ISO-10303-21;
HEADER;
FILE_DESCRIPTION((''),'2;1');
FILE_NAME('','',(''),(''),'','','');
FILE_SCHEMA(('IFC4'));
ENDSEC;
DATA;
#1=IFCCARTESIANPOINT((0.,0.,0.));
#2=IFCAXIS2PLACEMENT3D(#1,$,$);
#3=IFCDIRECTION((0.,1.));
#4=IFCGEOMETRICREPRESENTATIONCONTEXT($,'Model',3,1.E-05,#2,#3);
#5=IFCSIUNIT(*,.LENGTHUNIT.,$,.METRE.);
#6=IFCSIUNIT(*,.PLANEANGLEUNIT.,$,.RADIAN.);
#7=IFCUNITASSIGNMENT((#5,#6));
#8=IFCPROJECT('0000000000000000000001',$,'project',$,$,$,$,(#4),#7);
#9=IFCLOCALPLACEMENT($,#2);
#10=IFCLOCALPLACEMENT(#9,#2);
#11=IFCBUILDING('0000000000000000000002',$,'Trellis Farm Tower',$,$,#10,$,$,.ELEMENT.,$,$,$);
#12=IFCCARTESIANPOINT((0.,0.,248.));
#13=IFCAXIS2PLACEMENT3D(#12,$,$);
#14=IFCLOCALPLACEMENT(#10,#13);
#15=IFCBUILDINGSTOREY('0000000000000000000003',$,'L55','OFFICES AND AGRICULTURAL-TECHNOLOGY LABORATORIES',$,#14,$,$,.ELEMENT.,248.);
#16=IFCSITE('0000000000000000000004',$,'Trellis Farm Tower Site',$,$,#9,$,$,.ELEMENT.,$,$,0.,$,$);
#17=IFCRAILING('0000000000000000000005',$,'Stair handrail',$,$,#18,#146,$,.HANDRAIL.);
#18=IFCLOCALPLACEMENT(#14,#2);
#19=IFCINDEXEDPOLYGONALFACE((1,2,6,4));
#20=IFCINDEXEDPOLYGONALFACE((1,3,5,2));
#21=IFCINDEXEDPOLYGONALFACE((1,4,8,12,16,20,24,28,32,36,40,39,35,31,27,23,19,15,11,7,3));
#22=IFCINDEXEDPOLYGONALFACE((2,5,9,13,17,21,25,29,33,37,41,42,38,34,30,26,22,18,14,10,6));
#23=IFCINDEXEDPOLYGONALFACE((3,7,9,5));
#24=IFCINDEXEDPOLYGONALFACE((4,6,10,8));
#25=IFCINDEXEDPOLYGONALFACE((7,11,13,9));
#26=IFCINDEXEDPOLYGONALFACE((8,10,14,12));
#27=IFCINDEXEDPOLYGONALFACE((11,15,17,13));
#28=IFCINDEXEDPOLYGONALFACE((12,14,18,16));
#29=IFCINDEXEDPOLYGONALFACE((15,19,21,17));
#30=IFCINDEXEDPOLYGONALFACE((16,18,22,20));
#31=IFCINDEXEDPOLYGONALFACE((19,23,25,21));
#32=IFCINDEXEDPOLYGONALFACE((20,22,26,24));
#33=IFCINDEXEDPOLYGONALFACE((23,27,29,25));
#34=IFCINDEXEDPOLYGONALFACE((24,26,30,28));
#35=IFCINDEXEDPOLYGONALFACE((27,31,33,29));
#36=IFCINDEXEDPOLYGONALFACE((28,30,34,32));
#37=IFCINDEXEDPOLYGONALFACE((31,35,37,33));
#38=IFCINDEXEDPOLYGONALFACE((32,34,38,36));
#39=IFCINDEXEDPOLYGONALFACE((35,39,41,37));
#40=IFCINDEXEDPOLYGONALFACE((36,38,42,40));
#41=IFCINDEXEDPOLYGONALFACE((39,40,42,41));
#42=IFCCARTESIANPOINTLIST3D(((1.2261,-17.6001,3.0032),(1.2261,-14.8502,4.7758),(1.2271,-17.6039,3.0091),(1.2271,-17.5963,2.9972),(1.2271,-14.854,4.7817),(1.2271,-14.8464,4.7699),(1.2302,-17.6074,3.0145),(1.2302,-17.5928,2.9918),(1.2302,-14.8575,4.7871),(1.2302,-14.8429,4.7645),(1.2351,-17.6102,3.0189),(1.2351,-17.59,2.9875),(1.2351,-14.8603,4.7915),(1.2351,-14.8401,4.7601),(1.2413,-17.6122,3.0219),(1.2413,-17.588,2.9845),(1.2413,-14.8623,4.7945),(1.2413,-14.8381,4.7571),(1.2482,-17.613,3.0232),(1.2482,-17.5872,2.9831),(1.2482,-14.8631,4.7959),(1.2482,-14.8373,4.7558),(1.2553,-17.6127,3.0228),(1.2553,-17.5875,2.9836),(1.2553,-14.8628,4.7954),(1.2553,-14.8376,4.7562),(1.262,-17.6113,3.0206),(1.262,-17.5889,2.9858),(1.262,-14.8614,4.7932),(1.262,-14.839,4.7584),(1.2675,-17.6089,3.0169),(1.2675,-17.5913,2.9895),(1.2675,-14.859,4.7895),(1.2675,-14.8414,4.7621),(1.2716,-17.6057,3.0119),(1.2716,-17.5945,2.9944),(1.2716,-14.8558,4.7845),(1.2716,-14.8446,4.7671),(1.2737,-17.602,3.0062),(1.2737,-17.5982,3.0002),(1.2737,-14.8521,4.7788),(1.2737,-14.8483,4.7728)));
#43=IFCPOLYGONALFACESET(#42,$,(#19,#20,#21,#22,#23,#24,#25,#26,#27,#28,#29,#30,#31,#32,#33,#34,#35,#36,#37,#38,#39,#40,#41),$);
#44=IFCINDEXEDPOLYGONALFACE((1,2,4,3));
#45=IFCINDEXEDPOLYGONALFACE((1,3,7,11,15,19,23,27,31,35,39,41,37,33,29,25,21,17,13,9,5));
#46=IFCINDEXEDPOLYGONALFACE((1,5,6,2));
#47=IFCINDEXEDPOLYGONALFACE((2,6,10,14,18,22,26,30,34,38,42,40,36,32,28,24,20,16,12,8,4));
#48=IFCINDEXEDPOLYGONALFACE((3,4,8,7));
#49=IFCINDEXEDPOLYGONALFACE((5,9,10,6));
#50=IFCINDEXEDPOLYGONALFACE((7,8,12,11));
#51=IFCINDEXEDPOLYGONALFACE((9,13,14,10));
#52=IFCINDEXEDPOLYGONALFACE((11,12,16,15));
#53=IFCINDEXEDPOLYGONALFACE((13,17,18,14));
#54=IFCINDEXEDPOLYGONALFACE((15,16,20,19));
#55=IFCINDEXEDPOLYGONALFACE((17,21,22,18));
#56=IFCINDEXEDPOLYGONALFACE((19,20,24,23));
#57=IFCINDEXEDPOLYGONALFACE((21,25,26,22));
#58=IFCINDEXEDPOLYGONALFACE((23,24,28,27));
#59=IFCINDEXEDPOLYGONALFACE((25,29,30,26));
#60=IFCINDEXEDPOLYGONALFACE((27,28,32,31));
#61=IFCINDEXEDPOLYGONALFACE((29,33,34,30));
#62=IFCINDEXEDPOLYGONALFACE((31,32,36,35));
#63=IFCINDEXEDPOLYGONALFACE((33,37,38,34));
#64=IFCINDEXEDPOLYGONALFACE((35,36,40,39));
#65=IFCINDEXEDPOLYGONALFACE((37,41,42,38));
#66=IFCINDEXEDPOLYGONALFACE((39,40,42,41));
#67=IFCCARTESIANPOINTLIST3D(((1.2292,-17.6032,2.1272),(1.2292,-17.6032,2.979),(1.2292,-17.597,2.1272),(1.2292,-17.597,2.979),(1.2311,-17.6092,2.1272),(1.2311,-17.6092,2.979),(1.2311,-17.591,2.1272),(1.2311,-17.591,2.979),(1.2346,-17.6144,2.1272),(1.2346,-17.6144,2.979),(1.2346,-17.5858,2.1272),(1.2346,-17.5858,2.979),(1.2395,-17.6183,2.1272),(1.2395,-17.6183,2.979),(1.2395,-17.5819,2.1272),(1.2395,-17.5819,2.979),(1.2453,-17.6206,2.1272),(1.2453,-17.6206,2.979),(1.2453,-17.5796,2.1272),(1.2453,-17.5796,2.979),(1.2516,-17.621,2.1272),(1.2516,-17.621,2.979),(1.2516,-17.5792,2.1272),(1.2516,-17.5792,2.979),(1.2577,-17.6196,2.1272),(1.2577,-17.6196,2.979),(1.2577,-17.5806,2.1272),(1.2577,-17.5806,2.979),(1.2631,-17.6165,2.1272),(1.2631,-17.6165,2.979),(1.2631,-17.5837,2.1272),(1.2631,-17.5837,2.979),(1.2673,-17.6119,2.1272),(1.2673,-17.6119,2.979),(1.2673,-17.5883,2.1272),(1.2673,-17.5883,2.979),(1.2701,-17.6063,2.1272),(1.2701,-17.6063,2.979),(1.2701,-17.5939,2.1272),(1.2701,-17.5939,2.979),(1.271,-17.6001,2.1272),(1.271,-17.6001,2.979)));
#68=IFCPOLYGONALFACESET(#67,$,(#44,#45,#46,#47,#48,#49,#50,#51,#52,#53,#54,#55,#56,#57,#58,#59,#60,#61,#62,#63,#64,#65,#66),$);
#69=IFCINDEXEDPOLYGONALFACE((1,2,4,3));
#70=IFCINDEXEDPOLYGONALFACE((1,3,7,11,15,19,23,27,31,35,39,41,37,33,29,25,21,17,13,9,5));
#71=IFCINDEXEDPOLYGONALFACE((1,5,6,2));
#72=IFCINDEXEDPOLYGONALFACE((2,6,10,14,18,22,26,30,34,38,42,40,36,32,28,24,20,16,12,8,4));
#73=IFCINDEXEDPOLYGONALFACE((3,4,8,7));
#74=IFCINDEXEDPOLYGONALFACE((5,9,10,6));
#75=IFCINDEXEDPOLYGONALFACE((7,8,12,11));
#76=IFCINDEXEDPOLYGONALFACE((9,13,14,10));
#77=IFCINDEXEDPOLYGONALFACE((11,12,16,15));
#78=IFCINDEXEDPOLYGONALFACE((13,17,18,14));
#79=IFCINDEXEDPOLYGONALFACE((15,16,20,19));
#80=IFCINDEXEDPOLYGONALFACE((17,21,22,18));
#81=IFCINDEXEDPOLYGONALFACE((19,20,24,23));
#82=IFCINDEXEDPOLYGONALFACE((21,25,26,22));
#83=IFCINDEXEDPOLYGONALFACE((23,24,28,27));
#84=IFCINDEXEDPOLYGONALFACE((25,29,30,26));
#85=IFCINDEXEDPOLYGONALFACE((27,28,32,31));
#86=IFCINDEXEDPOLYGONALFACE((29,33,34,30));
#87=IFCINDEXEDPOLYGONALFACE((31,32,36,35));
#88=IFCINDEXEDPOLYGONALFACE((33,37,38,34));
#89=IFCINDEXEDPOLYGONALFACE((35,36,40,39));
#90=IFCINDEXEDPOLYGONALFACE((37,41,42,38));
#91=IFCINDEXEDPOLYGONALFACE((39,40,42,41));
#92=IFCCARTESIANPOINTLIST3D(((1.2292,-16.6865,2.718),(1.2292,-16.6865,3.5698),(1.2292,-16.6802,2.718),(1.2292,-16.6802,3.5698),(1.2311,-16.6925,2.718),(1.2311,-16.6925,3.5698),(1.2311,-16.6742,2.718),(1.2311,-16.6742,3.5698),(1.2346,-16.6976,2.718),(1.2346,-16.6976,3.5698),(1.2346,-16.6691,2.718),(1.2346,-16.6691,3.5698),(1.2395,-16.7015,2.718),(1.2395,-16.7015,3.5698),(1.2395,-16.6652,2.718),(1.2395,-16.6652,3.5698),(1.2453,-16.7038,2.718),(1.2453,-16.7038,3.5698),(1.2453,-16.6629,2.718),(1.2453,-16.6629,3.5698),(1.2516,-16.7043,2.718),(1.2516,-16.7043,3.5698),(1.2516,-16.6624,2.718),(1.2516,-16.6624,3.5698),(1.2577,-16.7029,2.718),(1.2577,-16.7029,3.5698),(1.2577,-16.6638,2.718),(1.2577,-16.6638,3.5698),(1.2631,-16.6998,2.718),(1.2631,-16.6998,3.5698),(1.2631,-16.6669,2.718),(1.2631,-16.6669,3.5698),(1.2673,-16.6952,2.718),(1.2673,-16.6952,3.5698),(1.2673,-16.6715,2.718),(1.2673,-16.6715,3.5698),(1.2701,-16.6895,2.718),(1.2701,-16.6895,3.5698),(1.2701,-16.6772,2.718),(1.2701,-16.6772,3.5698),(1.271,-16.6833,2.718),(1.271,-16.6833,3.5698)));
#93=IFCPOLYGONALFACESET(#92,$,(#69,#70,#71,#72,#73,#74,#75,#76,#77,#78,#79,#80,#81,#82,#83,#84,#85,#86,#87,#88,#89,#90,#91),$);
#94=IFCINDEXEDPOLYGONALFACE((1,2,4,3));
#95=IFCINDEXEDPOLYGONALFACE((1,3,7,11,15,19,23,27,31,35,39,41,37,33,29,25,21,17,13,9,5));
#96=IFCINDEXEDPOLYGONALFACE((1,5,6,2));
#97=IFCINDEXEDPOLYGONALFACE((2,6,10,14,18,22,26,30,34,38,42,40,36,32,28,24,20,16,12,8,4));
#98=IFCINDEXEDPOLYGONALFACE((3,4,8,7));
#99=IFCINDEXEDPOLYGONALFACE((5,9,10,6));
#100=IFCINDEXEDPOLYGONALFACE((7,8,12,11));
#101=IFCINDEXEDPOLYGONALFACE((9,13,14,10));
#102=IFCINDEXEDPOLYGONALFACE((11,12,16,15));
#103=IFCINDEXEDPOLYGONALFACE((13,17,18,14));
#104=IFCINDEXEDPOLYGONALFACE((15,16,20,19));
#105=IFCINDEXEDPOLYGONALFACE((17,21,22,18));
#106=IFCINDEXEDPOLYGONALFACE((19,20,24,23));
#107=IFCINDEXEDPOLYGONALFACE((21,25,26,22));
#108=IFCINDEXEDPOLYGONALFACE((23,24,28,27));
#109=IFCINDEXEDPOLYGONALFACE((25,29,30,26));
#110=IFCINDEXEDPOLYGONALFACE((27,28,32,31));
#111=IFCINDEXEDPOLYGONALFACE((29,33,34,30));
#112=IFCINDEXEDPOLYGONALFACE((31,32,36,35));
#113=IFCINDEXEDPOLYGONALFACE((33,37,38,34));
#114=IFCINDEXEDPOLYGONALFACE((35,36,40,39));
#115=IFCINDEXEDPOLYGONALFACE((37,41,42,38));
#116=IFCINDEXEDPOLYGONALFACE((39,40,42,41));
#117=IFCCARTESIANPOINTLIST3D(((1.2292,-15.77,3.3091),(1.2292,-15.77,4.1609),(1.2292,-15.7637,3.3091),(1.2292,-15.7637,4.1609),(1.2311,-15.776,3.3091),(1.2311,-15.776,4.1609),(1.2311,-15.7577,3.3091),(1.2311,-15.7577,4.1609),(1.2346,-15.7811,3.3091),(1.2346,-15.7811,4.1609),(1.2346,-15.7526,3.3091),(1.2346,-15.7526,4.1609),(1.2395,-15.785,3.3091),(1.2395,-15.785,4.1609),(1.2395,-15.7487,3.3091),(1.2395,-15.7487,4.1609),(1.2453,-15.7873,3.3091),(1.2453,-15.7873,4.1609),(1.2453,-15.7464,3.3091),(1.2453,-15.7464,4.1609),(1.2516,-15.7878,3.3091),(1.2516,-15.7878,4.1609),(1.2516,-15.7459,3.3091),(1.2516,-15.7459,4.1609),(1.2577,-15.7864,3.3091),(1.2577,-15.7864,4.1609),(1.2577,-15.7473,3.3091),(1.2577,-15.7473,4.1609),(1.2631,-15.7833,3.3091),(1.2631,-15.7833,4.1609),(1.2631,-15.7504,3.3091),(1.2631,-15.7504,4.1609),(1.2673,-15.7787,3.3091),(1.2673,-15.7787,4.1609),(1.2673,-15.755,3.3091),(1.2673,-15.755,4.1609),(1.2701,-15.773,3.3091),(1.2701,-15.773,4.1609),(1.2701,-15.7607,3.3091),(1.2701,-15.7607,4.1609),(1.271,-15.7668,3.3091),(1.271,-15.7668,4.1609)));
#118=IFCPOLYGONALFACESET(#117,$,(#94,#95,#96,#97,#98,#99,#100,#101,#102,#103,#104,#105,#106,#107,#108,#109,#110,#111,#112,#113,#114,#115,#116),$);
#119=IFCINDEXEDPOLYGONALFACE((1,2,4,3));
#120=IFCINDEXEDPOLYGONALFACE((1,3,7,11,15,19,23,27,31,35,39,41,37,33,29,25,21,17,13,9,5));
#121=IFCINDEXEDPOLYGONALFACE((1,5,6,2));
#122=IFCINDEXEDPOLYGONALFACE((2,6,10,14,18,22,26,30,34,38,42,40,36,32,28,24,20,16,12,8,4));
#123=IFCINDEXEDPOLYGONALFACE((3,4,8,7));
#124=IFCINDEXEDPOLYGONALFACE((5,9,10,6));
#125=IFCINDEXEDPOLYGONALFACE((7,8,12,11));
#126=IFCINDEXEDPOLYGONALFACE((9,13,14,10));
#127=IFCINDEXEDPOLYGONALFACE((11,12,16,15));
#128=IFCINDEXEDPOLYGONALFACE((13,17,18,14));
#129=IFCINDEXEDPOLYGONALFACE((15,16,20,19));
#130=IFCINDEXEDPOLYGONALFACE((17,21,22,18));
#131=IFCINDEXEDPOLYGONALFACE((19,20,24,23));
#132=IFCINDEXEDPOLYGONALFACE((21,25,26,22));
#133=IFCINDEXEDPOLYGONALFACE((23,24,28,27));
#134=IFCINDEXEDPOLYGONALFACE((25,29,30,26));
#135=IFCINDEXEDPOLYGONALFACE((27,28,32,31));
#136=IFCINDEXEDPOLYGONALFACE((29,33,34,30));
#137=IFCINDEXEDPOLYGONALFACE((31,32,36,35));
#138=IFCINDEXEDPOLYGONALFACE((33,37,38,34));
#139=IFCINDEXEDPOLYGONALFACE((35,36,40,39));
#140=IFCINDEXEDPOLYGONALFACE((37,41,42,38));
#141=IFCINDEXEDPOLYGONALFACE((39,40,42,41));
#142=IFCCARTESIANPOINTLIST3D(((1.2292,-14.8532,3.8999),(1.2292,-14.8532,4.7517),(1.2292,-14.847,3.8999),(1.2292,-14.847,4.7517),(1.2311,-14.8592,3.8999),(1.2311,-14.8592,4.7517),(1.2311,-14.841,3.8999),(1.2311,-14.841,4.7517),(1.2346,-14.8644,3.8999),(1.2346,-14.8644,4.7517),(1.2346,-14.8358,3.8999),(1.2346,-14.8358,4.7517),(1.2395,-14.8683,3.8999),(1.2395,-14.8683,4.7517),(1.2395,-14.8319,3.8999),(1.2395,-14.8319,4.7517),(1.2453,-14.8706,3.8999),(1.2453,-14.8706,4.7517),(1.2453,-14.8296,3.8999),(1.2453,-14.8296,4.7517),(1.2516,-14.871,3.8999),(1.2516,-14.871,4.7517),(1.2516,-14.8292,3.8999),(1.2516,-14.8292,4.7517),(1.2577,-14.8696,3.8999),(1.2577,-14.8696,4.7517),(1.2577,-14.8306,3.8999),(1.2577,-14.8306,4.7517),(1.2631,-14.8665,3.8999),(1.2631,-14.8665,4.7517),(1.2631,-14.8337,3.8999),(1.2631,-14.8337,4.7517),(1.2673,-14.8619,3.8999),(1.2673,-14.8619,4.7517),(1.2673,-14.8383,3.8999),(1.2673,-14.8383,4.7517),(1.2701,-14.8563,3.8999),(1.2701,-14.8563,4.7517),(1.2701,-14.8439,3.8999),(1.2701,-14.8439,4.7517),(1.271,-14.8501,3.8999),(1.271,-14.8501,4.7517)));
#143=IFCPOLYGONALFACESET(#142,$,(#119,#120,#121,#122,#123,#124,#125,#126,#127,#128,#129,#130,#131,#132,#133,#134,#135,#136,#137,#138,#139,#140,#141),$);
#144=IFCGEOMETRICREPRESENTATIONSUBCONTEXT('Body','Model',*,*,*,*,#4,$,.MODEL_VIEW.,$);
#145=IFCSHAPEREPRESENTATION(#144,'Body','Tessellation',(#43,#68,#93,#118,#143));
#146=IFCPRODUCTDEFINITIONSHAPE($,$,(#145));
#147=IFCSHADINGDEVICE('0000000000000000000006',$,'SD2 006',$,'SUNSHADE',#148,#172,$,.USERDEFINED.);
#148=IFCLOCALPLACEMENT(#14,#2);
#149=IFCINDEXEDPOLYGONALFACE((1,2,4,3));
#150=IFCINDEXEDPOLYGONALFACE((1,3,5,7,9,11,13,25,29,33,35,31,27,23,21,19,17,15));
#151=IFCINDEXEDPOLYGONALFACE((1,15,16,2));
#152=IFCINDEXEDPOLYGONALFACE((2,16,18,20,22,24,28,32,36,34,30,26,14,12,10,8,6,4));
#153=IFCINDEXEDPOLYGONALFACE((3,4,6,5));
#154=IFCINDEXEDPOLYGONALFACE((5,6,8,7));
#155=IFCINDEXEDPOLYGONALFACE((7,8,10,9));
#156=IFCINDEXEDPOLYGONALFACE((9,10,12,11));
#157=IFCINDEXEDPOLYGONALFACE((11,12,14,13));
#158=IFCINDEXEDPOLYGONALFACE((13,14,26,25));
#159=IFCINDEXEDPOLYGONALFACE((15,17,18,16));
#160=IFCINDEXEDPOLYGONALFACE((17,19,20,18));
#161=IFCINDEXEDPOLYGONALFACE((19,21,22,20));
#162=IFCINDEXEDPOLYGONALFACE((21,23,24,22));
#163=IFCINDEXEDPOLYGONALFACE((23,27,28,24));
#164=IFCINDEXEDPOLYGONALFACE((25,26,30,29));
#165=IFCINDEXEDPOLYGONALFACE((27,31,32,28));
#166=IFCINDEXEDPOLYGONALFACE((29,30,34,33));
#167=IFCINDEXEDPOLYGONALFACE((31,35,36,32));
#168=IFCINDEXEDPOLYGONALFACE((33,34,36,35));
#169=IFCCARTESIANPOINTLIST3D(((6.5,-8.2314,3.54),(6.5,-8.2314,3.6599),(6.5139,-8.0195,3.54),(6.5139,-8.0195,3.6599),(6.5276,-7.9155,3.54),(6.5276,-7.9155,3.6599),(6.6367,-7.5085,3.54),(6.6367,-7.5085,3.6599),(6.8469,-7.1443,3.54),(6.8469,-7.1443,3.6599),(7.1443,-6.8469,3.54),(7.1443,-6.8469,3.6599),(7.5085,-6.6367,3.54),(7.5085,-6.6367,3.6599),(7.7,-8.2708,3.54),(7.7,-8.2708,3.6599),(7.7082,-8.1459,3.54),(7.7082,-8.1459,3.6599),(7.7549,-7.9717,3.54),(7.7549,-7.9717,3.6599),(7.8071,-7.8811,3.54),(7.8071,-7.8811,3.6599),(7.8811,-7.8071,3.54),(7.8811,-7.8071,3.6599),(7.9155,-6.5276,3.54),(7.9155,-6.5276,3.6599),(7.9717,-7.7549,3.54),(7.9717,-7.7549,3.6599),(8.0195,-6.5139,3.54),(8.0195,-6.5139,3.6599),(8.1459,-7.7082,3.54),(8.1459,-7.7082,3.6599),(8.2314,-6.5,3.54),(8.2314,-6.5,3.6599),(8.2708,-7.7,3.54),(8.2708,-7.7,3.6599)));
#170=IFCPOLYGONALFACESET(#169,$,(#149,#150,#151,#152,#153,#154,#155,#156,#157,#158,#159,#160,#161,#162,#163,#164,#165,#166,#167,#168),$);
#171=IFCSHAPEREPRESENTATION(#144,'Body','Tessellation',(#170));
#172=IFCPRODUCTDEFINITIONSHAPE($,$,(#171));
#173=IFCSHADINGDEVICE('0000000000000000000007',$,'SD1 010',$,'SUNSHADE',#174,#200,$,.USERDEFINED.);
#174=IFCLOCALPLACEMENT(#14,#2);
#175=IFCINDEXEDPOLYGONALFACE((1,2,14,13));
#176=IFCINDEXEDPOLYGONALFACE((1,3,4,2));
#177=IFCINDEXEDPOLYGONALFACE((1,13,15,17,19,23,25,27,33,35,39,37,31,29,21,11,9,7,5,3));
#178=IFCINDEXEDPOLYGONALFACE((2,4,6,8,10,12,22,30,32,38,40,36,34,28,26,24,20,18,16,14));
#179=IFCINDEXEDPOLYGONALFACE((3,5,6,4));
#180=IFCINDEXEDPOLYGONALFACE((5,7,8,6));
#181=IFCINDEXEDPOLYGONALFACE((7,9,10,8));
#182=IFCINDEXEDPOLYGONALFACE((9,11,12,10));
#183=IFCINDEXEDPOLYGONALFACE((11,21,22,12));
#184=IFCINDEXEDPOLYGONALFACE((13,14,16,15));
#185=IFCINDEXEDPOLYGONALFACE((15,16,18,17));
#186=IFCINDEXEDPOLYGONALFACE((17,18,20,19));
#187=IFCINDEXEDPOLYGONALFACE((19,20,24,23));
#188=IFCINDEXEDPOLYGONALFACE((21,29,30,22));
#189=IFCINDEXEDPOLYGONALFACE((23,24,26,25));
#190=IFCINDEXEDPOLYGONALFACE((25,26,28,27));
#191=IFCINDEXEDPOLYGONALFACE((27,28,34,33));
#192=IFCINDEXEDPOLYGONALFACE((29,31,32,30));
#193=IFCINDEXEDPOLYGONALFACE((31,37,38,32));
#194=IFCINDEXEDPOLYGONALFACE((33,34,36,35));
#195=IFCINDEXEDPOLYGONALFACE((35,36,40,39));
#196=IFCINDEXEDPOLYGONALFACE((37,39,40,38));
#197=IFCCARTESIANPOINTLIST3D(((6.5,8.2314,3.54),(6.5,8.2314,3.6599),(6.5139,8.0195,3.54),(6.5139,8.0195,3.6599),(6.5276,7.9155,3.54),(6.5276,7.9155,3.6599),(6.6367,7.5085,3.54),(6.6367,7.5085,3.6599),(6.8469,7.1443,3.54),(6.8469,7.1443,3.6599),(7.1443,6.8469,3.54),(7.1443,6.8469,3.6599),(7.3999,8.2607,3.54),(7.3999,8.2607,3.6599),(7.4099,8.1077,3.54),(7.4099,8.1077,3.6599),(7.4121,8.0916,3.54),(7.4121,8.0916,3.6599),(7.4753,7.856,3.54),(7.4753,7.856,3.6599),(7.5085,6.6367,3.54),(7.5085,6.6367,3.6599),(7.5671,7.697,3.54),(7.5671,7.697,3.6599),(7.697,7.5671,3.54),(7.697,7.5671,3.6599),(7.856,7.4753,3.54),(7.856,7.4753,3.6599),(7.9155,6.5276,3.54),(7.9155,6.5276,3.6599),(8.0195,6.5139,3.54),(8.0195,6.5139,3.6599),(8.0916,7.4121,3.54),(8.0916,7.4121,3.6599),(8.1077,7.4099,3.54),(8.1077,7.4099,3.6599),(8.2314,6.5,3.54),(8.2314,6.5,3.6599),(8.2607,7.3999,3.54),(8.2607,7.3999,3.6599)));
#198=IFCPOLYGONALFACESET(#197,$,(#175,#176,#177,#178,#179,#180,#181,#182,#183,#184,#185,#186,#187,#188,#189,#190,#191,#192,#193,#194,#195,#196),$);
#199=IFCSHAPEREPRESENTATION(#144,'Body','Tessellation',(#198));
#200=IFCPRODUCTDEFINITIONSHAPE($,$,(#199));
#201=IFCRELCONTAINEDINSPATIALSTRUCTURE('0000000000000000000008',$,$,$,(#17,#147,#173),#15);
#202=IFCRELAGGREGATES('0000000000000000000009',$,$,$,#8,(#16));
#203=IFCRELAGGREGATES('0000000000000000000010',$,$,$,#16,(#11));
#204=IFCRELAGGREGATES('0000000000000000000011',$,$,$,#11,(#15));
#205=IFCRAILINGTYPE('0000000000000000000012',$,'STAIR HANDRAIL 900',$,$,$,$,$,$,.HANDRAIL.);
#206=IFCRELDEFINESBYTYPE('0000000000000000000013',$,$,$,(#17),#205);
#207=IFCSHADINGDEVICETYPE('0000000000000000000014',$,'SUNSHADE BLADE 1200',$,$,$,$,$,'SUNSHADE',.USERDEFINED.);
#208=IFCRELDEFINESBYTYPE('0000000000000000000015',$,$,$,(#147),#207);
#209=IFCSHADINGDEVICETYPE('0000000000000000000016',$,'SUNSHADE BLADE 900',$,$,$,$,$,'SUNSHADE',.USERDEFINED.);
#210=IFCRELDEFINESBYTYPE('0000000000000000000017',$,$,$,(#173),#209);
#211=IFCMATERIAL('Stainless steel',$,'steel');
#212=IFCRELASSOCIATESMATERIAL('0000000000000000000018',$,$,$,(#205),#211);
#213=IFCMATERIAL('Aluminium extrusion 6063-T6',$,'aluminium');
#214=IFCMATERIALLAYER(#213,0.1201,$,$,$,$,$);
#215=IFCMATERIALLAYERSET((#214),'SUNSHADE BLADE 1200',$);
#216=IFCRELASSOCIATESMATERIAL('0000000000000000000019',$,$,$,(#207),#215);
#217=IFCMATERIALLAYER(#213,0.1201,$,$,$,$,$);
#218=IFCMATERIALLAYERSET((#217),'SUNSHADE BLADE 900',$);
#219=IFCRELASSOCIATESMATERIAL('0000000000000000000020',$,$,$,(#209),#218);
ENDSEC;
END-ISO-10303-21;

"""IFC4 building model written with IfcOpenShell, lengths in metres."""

from ifc_helpers import new_model, si_unit, direction, frame, origin, origin_2d, place, context, subcontext, project, spatial, polyline, circle, outline, extrude, source, transform, mapped, material, layer, layer_set, type_object, element, save


model = new_model("IFC4")

# Units and contexts
model_context = context("Model", 3, precision=1e-05, world=origin(), true_north=direction((0.0, 1.0)))
body_context = subcontext(model_context, "Body", "Model", "MODEL_VIEW")
ifc_project = project(units=[si_unit("LENGTHUNIT", "METRE"), si_unit("PLANEANGLEUNIT", "RADIAN")], contexts=[model_context])

# Site, building, storey
site_placement = place(None, origin())
site = spatial("IfcSite", under=ifc_project, at=site_placement, Name="Trellis Farm Tower Site", CompositionType="ELEMENT", RefElevation=0.0)
building_placement = place(site_placement, origin())
building = spatial("IfcBuilding", under=site, at=building_placement, Name="Trellis Farm Tower", CompositionType="ELEMENT")
storey_placement = place(building_placement, frame((0.0, 0.0, 248.0)))
storey = spatial("IfcBuildingStorey", under=building, at=storey_placement, Name="L55", Description="OFFICES AND AGRICULTURAL-TECHNOLOGY LABORATORIES", CompositionType="ELEMENT", Elevation=248.0)

# Shared definitions
ifc_material_1 = material(Name="Aluminium extrusion 6063-T6", Category="aluminium")

# Railing
ifc_material_2 = material(Name="Stainless steel", Category="steel")
railing_type = type_object("IfcRailingType", Name="STAIR HANDRAIL 900", PredefinedType="HANDRAIL", material=ifc_material_2)
shared_shape_1 = source(origin(), body_context, "Body", "SweptSolid", [
    extrude(circle(Radius=0.0239, at=origin_2d()), frame((0.0, 0.0, 0.876), z_axis=(0.0, 0.840504, 0.541806), x_axis=(-1.0, 0.0, 0.0)), (0.0, 0.0, 1.0), 3.2717),
    extrude(circle(Radius=0.021, at=origin_2d()), origin(), (0.0, 0.0, 1.0), 0.8518),
    extrude(circle(Radius=0.021, at=origin_2d()), frame((0.0, 0.9167, 0.5908)), (0.0, 0.0, 1.0), 0.8518),
    extrude(circle(Radius=0.021, at=origin_2d()), frame((0.0, 1.8333, 1.1819)), (0.0, 0.0, 1.0), 0.8518),
    extrude(circle(Radius=0.021, at=origin_2d()), frame((0.0, 2.75, 1.7727)), (0.0, 0.0, 1.0), 0.8518),
])
railing_placement = place(storey_placement, frame((1.25, -17.6001, 2.1272)))
element("IfcRailing", 1, at=railing_placement, inside=storey, type_object=railing_type, Name="Stair handrail", PredefinedType="HANDRAIL", context=body_context, shape_type="MappedRepresentation", body=[
    mapped(shared_shape_1, transform((0.0, 0.0, 0.0))),
])

# Shading devices
ifc_layer_1 = layer(ifc_material_1, 0.1201)
ifc_layer_set_1 = layer_set([ifc_layer_1], Name="SUNSHADE BLADE 1200")
shading_device_type_1 = type_object("IfcShadingDeviceType", Name="SUNSHADE BLADE 1200", ElementType="SUNSHADE", PredefinedType="USERDEFINED", material=ifc_layer_set_1)
shared_shape_2 = source(origin(), body_context, "Body", "SweptSolid", [
    extrude(outline(polyline([(7.7, -8.2708), (7.7087, -8.1372), (7.707, -8.1501), (7.7549, -7.9717), (7.8071, -7.8811), (7.8811, -7.8071), (7.9717, -7.7549), (8.1501, -7.707), (8.1372, -7.7087), (8.2708, -7.7), (8.2314, -6.5), (8.0195, -6.5139), (7.9155, -6.5276), (7.5085, -6.6367), (7.1443, -6.8469), (6.8469, -7.1443), (6.6367, -7.5085), (6.5276, -7.9155), (6.5139, -8.0195), (6.5, -8.2314), (7.7, -8.2708)])), origin(), (0.0, 0.0, 1.0), 0.1199),
])
placement_1 = place(storey_placement, frame((0.0, 0.0, 3.54)))
element("IfcShadingDevice", 2, at=placement_1, inside=storey, type_object=shading_device_type_1, Name="SD2 006", ObjectType="SUNSHADE", PredefinedType="USERDEFINED", context=body_context, shape_type="MappedRepresentation", body=[
    mapped(shared_shape_2, transform((0.0, 0.0, 0.0))),
])
ifc_layer_2 = layer(ifc_material_1, 0.1201)
ifc_layer_set_2 = layer_set([ifc_layer_2], Name="SUNSHADE BLADE 900")
shading_device_type_2 = type_object("IfcShadingDeviceType", Name="SUNSHADE BLADE 900", ElementType="SUNSHADE", PredefinedType="USERDEFINED", material=ifc_layer_set_2)
shared_shape_3 = source(origin(), body_context, "Body", "SweptSolid", [
    extrude(outline(polyline([(8.2607, 7.3999), (8.1077, 7.4099), (8.0916, 7.4121), (7.856, 7.4753), (7.697, 7.5671), (7.5671, 7.697), (7.4753, 7.856), (7.4121, 8.0916), (7.4099, 8.1077), (7.3999, 8.2607), (6.5, 8.2314), (6.5139, 8.0195), (6.5276, 7.9155), (6.6367, 7.5085), (6.8469, 7.1443), (7.1443, 6.8469), (7.5085, 6.6367), (7.9155, 6.5276), (8.0195, 6.5139), (8.2314, 6.5), (8.2607, 7.3999)])), origin(), (0.0, 0.0, 1.0), 0.1199),
])
element("IfcShadingDevice", 3, at=placement_1, inside=storey, type_object=shading_device_type_2, Name="SD1 010", ObjectType="SUNSHADE", PredefinedType="USERDEFINED", context=body_context, shape_type="MappedRepresentation", body=[
    mapped(shared_shape_3, transform((0.0, 0.0, 0.0))),
])

save(model, "model.ifc")
